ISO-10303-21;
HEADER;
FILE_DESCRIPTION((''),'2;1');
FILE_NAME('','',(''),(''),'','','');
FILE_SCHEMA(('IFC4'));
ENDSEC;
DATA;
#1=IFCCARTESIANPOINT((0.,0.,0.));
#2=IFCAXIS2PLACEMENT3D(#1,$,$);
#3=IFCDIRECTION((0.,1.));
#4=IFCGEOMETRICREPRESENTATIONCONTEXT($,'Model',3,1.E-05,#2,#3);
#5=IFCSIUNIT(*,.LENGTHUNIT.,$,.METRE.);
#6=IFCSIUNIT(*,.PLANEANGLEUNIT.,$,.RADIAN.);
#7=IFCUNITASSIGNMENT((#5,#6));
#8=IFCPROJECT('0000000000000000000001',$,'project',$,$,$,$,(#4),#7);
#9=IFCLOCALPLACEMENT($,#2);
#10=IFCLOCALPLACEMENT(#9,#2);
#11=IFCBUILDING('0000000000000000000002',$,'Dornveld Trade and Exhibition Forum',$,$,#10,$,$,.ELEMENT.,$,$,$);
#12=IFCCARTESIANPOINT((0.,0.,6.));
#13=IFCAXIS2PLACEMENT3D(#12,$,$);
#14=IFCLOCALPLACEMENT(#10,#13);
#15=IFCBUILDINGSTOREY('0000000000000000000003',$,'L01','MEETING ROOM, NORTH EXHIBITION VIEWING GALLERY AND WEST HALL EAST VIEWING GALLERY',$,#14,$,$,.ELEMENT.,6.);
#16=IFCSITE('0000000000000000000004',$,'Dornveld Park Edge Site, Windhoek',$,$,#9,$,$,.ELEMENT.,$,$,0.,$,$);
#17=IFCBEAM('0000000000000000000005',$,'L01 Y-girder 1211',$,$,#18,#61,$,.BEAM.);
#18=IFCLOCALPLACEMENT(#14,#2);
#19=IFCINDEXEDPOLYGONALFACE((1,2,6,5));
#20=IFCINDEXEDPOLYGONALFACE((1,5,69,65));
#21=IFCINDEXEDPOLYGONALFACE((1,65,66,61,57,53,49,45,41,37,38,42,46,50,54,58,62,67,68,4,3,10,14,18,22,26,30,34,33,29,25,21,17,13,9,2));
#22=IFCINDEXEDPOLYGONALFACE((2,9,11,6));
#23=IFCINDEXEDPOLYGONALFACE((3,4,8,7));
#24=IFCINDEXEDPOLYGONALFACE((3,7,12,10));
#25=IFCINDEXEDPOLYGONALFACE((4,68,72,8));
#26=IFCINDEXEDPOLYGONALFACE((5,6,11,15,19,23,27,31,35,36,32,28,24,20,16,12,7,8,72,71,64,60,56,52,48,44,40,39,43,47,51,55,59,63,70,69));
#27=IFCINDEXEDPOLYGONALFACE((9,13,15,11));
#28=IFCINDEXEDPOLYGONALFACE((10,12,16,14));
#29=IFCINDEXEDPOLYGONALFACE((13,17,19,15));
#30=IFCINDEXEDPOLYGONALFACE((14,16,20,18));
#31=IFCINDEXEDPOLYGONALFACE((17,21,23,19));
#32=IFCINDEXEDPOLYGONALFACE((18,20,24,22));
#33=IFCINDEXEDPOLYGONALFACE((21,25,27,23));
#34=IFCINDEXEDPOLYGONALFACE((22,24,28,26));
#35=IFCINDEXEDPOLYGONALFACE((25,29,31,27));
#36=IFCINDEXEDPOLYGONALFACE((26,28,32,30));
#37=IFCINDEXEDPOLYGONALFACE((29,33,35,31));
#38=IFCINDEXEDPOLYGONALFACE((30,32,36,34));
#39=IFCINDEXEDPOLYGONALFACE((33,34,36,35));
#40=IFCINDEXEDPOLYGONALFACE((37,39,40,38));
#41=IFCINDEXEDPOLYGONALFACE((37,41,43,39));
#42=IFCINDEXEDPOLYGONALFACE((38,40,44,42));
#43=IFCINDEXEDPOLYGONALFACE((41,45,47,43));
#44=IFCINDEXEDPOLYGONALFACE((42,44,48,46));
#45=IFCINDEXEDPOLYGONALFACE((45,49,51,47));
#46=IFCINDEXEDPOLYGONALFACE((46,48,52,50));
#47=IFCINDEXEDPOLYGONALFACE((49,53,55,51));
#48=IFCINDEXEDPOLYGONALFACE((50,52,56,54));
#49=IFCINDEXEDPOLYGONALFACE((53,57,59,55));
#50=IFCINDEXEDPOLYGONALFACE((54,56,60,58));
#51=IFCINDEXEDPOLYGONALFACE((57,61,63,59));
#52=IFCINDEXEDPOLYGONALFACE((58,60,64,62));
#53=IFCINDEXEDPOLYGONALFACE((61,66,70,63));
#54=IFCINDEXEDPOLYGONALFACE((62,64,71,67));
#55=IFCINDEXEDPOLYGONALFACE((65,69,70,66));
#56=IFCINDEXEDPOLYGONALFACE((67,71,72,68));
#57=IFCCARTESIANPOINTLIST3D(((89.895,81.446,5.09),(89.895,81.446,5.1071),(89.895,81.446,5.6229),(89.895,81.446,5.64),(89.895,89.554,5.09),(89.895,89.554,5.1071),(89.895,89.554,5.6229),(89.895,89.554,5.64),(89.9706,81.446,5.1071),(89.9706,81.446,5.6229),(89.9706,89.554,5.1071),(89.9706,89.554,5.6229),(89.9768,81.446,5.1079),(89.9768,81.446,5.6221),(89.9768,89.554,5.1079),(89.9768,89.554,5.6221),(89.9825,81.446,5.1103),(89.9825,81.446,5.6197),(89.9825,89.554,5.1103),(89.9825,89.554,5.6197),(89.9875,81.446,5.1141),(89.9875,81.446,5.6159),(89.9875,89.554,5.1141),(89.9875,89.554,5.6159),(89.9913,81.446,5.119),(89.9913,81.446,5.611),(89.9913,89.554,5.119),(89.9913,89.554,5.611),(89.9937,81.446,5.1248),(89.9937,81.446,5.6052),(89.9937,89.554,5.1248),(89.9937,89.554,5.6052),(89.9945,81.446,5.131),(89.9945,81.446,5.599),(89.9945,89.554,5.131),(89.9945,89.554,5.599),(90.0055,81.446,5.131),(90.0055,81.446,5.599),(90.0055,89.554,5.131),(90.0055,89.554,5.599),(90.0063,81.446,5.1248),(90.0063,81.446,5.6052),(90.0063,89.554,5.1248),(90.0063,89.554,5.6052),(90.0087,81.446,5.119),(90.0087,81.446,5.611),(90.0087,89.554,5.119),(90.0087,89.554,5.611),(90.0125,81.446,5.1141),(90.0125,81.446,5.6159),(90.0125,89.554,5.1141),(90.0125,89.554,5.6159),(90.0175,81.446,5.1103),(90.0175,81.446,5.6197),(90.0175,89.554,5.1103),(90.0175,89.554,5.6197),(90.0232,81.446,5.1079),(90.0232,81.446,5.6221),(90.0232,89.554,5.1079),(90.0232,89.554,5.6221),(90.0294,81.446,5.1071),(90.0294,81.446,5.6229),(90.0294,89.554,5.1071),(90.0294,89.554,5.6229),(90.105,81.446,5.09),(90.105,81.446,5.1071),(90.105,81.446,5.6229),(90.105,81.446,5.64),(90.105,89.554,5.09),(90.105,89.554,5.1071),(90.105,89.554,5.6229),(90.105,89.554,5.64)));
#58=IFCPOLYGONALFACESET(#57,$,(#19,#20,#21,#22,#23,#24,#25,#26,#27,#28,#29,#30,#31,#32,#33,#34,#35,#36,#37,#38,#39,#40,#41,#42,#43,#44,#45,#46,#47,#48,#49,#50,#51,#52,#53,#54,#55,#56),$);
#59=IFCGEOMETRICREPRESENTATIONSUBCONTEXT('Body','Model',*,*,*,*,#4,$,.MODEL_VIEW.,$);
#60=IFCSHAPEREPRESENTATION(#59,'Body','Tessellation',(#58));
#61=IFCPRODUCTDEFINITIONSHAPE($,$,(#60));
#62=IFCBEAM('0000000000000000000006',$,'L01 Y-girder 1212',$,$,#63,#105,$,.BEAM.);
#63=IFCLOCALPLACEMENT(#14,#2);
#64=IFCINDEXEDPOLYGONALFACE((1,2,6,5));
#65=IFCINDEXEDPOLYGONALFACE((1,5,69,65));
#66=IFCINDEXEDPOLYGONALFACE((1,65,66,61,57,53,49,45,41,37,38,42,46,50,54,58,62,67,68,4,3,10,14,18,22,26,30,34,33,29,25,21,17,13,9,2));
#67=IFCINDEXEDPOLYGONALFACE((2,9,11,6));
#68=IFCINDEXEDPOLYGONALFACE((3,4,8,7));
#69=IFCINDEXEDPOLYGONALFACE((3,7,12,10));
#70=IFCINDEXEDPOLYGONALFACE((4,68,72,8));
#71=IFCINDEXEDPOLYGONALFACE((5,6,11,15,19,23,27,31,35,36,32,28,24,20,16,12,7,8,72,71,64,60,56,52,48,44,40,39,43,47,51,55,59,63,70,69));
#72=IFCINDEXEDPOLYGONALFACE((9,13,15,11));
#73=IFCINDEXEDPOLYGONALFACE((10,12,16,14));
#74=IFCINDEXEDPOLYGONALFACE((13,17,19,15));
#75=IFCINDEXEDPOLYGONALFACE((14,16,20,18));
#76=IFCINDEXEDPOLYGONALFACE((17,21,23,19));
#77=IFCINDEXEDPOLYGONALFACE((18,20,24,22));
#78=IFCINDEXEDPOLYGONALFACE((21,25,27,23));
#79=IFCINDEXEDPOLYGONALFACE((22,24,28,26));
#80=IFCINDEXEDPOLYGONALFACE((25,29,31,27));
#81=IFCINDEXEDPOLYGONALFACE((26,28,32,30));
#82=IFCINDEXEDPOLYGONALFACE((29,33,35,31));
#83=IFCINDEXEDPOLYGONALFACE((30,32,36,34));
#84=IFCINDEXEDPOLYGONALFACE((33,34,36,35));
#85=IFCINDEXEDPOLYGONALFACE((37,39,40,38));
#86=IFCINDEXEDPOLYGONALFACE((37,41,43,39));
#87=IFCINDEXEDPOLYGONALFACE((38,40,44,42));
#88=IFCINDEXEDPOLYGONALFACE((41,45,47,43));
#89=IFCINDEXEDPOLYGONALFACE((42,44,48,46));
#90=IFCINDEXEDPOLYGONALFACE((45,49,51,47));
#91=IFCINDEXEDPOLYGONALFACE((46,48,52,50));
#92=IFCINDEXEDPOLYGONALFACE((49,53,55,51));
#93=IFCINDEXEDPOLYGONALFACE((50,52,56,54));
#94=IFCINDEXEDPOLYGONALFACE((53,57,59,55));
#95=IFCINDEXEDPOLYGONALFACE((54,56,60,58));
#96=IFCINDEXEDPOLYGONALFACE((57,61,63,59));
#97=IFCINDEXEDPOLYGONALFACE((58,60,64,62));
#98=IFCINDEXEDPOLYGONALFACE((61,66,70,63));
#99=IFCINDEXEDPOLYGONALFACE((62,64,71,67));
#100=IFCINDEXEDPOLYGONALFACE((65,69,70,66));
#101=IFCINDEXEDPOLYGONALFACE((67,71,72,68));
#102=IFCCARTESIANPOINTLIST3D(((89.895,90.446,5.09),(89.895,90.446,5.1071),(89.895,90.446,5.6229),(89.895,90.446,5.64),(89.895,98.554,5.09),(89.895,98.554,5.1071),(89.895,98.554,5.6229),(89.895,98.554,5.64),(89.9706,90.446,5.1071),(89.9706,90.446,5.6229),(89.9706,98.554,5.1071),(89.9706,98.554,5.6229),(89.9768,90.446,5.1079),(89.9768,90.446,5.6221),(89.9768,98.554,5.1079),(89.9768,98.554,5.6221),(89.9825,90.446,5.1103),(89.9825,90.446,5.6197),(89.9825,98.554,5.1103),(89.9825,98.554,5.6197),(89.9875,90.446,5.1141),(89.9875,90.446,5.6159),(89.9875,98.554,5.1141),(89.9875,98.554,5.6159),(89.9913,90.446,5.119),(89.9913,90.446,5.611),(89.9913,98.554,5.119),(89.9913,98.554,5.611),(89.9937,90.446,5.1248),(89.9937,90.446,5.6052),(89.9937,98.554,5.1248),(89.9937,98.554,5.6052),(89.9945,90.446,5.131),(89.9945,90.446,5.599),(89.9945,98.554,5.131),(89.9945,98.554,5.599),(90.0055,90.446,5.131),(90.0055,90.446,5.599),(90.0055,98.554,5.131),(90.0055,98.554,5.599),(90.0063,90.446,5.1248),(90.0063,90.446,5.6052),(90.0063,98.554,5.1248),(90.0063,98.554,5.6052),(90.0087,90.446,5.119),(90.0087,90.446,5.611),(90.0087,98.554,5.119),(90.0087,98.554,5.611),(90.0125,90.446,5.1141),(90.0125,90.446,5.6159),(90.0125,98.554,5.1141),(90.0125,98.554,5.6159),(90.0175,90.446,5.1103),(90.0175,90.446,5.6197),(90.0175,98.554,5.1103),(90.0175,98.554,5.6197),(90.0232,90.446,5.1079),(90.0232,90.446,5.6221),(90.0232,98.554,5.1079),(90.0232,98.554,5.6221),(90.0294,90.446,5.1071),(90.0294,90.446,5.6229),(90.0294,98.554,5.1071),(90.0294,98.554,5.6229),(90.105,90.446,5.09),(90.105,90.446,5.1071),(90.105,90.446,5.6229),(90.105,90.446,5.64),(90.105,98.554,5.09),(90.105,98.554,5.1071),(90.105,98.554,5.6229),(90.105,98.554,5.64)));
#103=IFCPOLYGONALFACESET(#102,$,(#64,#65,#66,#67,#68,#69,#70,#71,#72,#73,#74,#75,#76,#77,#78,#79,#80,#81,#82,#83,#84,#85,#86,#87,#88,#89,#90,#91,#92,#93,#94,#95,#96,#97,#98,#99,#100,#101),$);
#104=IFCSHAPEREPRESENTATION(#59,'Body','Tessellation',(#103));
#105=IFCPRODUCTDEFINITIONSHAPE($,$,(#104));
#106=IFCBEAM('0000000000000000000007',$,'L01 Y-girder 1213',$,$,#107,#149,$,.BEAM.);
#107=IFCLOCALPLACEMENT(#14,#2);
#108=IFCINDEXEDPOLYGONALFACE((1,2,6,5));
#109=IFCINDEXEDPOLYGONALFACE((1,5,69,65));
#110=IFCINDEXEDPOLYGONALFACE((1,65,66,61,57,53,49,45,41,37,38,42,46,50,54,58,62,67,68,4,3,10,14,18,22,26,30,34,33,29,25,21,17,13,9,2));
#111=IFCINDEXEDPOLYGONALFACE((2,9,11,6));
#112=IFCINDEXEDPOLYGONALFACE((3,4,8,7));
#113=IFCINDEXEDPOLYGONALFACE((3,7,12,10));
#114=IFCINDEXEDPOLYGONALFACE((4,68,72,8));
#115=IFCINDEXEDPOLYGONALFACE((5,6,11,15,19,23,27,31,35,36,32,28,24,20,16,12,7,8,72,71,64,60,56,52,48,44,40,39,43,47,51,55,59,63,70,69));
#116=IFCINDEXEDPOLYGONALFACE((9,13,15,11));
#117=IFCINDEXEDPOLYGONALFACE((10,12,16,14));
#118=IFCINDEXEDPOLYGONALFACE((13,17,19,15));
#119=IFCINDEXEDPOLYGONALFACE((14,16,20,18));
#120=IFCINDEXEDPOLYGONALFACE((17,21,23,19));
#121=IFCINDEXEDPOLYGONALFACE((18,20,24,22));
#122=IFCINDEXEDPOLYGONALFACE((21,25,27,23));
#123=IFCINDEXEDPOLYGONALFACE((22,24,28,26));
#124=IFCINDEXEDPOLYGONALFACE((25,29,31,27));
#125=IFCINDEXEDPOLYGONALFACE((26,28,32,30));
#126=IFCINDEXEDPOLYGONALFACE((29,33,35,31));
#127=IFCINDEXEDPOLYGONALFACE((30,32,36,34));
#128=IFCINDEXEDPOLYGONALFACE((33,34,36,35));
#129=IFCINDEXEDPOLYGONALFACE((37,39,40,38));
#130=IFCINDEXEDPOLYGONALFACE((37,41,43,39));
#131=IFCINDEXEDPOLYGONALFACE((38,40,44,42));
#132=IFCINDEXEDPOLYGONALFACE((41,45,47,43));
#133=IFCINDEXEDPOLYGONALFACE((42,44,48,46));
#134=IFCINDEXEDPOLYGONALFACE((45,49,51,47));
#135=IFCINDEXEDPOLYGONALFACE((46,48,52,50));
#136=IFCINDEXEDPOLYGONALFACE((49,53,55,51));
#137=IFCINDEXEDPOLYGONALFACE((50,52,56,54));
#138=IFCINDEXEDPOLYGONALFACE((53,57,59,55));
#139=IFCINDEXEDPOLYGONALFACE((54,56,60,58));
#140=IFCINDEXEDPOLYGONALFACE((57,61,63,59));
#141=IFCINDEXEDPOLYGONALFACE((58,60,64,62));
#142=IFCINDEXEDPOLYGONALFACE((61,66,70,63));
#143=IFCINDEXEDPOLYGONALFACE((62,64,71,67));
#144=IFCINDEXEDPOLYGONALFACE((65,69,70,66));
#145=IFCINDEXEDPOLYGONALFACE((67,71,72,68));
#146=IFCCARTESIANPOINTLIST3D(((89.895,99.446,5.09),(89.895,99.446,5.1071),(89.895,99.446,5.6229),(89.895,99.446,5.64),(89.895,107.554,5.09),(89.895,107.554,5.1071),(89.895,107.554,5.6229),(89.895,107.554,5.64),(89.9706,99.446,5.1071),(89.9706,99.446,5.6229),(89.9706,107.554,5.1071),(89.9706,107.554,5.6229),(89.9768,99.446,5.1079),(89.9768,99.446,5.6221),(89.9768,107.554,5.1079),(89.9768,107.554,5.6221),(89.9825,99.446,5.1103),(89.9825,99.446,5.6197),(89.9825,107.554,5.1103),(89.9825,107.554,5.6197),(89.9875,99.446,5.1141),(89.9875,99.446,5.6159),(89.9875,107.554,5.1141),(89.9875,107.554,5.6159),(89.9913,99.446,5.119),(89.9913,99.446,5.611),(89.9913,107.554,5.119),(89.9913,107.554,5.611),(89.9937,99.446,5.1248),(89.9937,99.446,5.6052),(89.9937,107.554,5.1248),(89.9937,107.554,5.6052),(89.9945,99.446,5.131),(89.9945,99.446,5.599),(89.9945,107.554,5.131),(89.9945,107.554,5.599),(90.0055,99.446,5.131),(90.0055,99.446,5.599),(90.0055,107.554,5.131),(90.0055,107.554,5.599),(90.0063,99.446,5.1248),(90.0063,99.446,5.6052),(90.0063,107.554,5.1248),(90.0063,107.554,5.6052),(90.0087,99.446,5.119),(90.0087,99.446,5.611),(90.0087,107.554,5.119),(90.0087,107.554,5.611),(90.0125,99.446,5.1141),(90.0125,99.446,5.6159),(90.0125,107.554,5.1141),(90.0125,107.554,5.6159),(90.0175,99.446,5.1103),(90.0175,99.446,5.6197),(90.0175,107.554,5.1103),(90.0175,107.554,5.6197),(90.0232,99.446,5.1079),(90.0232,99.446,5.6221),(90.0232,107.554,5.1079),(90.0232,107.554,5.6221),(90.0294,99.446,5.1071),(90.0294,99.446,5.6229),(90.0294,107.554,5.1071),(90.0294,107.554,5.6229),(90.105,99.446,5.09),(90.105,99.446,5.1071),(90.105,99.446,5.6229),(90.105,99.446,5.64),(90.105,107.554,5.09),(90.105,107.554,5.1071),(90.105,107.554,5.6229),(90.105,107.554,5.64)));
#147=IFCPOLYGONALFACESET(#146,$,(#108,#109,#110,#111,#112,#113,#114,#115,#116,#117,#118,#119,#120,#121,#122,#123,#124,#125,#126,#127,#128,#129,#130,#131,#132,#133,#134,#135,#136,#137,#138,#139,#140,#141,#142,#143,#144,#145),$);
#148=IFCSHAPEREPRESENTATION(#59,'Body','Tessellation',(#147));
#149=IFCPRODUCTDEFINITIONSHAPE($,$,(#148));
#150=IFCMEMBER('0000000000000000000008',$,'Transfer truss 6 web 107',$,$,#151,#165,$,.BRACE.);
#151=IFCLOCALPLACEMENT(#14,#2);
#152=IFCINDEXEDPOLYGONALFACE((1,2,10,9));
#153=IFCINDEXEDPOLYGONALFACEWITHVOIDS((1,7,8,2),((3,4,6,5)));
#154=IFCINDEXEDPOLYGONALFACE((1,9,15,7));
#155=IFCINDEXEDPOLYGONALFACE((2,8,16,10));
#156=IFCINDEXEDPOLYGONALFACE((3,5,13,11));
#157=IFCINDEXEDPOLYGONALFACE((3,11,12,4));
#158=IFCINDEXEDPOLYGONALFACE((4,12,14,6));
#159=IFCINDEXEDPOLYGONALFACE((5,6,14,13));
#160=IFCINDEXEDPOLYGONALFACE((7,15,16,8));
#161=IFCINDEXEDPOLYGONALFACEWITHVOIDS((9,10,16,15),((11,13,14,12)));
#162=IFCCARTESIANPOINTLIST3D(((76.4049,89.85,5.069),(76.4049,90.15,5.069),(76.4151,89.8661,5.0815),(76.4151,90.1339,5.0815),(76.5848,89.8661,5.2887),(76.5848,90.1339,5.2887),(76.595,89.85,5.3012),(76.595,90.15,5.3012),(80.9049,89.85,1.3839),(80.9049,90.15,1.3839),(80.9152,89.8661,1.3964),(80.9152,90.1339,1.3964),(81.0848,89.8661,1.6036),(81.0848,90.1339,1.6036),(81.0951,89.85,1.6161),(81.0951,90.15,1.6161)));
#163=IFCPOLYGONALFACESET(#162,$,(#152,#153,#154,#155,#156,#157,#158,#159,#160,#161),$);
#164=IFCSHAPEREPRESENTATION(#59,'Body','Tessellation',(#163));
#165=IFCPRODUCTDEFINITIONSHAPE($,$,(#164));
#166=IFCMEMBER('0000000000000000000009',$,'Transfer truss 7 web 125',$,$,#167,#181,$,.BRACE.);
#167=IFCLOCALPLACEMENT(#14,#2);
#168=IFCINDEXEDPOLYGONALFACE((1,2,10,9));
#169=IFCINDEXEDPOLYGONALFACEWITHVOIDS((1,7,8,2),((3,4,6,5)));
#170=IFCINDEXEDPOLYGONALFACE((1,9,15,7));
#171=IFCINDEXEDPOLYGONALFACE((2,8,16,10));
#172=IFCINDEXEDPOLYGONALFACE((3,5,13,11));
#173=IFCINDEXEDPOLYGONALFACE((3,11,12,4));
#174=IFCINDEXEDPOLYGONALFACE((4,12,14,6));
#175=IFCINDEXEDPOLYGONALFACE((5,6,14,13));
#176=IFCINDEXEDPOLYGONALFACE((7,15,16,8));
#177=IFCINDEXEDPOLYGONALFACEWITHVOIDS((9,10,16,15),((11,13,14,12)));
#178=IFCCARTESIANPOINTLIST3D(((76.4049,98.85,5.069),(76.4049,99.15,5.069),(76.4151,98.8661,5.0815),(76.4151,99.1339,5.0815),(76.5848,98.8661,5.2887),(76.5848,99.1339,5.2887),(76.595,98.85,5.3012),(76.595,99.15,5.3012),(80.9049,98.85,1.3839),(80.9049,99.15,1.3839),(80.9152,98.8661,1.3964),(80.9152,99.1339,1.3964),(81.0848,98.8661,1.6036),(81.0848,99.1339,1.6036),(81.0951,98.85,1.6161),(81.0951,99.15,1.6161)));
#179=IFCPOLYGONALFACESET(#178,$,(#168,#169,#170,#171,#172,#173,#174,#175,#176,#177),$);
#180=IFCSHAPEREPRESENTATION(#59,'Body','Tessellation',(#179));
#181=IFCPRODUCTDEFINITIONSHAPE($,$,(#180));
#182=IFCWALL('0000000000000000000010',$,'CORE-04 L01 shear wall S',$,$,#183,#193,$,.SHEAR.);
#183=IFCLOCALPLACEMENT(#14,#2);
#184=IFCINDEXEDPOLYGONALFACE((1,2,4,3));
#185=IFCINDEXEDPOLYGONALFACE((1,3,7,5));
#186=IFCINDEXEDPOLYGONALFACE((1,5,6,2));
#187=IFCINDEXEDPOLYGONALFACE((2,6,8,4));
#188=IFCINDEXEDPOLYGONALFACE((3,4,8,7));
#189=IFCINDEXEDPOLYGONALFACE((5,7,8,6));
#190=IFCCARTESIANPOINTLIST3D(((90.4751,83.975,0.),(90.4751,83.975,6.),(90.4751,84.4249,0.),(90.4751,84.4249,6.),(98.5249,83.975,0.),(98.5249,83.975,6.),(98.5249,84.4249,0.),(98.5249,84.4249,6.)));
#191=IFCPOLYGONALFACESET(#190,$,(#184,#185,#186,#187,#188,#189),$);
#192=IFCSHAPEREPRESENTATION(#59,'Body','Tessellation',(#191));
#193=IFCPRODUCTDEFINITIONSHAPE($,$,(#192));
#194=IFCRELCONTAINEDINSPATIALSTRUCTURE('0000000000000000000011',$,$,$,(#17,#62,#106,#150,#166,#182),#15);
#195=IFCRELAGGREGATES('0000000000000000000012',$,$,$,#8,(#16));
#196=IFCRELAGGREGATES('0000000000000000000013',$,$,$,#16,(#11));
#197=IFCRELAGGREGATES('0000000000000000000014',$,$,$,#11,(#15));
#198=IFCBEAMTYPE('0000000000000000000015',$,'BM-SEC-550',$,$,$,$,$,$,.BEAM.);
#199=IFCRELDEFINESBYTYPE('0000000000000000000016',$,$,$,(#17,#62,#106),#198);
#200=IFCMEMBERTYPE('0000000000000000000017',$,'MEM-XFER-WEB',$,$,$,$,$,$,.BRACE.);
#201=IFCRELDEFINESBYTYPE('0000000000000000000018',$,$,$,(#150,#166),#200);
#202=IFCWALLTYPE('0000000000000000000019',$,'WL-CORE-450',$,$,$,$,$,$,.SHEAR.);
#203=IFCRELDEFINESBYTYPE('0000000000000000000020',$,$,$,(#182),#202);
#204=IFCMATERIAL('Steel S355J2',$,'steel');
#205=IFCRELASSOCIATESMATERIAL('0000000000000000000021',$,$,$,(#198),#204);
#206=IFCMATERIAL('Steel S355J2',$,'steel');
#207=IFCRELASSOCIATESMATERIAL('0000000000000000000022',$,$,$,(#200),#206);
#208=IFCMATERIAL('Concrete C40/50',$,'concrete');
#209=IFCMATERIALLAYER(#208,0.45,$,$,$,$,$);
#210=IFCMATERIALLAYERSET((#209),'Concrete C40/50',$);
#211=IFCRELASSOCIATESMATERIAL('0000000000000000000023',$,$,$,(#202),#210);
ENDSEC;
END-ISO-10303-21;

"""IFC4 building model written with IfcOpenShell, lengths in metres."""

from ifc_helpers import new_model, si_unit, direction, frame, frame_2d, origin, origin_2d, place, context, subcontext, project, spatial, rectangle, hollow_rectangle, i_section, extrude, material, layer, layer_set, material_profile, profile_set, type_object, element, save


model = new_model("IFC4")

# Units and contexts
model_context = context("Model", 3, precision=1e-05, world=origin(), true_north=direction((0.0, 1.0)))
body_context = subcontext(model_context, "Body", "Model", "MODEL_VIEW")
ifc_project = project(units=[si_unit("LENGTHUNIT", "METRE"), si_unit("PLANEANGLEUNIT", "RADIAN")], contexts=[model_context])

# Site, building, storey
site_placement = place(None, origin())
site = spatial("IfcSite", under=ifc_project, at=site_placement, Name="Dornveld Park Edge Site, Windhoek", CompositionType="ELEMENT", RefElevation=0.0)
building_placement = place(site_placement, origin())
building = spatial("IfcBuilding", under=site, at=building_placement, Name="Dornveld Trade and Exhibition Forum", CompositionType="ELEMENT")
storey_placement = place(building_placement, frame((0.0, 0.0, 6.0)))
storey = spatial("IfcBuildingStorey", under=building, at=storey_placement, Name="L01", Description="MEETING ROOM, NORTH EXHIBITION VIEWING GALLERY AND WEST HALL EAST VIEWING GALLERY", CompositionType="ELEMENT", Elevation=6.0)

# Beams
ifc_material_1 = material(Name="Steel S355J2", Category="steel")
ifc_material_profile_1 = material_profile(ifc_material_1, i_section(OverallWidth=0.21, OverallDepth=0.55, WebThickness=0.011, FlangeThickness=0.0171, FilletRadius=0.0239, at=origin_2d()), Name="IPE 550")
ifc_profile_set_1 = profile_set([ifc_material_profile_1], Name="Steel S355J2")
beam_type_1 = type_object("IfcBeamType", Name="BM-SEC-550", PredefinedType="BEAM", material=ifc_profile_set_1)
for number, where, z_axis, x_axis, name in (
    (1, (90.0, 81.446, 5.365), (0.0, 1.0, 0.0), (-1.0, 0.0, 0.0), "L01 Y-girder 1211"),
    (2, (90.0, 90.446, 5.365), (0.0, 1.0, 0.0), (-1.0, 0.0, 0.0), "L01 Y-girder 1212"),
    (3, (90.0, 99.446, 5.365), (0.0, 1.0, 0.0), (-1.0, 0.0, 0.0), "L01 Y-girder 1213"),
):
    element("IfcBeam", number, at=place(storey_placement, frame(where, z_axis=z_axis, x_axis=x_axis)), inside=storey, type_object=beam_type_1, Name=name, PredefinedType="BEAM", context=body_context, shape_type="SweptSolid", body=[
        extrude(i_section(OverallWidth=0.21, OverallDepth=0.55, WebThickness=0.011, FlangeThickness=0.0171, FilletRadius=0.0239, at=origin_2d()), origin(), (0.0, 0.0, 1.0), 8.1079),
    ])

# Members
ifc_material_2 = material(Name="Steel S355J2", Category="steel")
ifc_material_profile_2 = material_profile(ifc_material_2, hollow_rectangle(XDim=0.3, YDim=0.3, WallThickness=0.0161, at=origin_2d()), Name="SHS 300x300x16")
ifc_profile_set_2 = profile_set([ifc_material_profile_2], Name="Steel S355J2")
member_type = type_object("IfcMemberType", Name="MEM-XFER-WEB", PredefinedType="BRACE", material=ifc_profile_set_2)
for number, where, z_axis, x_axis, name in (
    (4, (81.0, 90.0, 1.5), (-0.773684, 0.0, 0.633571), (0.0, -1.0, 0.0), "Transfer truss 6 web 107"),
    (5, (81.0, 99.0, 1.5), (-0.773684, 0.0, 0.633571), (0.0, -1.0, 0.0), "Transfer truss 7 web 125"),
):
    element("IfcMember", number, at=place(storey_placement, frame(where, z_axis=z_axis, x_axis=x_axis)), inside=storey, type_object=member_type, Name=name, PredefinedType="BRACE", context=body_context, shape_type="SweptSolid", body=[
        extrude(hollow_rectangle(XDim=0.3, YDim=0.3, WallThickness=0.0161, at=origin_2d()), origin(), (0.0, 0.0, 1.0), 5.8164),
    ])

# Wall
ifc_material_3 = material(Name="Concrete C40/50", Category="concrete")
ifc_layer_1 = layer(ifc_material_3, 0.45)
ifc_layer_set_1 = layer_set([ifc_layer_1], Name="Concrete C40/50")
wall_type_1 = type_object("IfcWallType", Name="WL-CORE-450", PredefinedType="SHEAR", material=ifc_layer_set_1)
wall_1_placement = place(storey_placement, frame((90.4751, 84.2, 0.0), z_axis=(0.0, 0.0, 1.0), x_axis=(1.0, 0.0, 0.0)))
element("IfcWall", 6, at=wall_1_placement, inside=storey, type_object=wall_type_1, Name="CORE-04 L01 shear wall S", PredefinedType="SHEAR", context=body_context, shape_type="SweptSolid", body=[
    extrude(rectangle(XDim=8.0498, YDim=0.45, at=frame_2d((4.0249, 0.0))), origin(), (0.0, 0.0, 1.0), 6.0),
])

save(model, "model.ifc")
